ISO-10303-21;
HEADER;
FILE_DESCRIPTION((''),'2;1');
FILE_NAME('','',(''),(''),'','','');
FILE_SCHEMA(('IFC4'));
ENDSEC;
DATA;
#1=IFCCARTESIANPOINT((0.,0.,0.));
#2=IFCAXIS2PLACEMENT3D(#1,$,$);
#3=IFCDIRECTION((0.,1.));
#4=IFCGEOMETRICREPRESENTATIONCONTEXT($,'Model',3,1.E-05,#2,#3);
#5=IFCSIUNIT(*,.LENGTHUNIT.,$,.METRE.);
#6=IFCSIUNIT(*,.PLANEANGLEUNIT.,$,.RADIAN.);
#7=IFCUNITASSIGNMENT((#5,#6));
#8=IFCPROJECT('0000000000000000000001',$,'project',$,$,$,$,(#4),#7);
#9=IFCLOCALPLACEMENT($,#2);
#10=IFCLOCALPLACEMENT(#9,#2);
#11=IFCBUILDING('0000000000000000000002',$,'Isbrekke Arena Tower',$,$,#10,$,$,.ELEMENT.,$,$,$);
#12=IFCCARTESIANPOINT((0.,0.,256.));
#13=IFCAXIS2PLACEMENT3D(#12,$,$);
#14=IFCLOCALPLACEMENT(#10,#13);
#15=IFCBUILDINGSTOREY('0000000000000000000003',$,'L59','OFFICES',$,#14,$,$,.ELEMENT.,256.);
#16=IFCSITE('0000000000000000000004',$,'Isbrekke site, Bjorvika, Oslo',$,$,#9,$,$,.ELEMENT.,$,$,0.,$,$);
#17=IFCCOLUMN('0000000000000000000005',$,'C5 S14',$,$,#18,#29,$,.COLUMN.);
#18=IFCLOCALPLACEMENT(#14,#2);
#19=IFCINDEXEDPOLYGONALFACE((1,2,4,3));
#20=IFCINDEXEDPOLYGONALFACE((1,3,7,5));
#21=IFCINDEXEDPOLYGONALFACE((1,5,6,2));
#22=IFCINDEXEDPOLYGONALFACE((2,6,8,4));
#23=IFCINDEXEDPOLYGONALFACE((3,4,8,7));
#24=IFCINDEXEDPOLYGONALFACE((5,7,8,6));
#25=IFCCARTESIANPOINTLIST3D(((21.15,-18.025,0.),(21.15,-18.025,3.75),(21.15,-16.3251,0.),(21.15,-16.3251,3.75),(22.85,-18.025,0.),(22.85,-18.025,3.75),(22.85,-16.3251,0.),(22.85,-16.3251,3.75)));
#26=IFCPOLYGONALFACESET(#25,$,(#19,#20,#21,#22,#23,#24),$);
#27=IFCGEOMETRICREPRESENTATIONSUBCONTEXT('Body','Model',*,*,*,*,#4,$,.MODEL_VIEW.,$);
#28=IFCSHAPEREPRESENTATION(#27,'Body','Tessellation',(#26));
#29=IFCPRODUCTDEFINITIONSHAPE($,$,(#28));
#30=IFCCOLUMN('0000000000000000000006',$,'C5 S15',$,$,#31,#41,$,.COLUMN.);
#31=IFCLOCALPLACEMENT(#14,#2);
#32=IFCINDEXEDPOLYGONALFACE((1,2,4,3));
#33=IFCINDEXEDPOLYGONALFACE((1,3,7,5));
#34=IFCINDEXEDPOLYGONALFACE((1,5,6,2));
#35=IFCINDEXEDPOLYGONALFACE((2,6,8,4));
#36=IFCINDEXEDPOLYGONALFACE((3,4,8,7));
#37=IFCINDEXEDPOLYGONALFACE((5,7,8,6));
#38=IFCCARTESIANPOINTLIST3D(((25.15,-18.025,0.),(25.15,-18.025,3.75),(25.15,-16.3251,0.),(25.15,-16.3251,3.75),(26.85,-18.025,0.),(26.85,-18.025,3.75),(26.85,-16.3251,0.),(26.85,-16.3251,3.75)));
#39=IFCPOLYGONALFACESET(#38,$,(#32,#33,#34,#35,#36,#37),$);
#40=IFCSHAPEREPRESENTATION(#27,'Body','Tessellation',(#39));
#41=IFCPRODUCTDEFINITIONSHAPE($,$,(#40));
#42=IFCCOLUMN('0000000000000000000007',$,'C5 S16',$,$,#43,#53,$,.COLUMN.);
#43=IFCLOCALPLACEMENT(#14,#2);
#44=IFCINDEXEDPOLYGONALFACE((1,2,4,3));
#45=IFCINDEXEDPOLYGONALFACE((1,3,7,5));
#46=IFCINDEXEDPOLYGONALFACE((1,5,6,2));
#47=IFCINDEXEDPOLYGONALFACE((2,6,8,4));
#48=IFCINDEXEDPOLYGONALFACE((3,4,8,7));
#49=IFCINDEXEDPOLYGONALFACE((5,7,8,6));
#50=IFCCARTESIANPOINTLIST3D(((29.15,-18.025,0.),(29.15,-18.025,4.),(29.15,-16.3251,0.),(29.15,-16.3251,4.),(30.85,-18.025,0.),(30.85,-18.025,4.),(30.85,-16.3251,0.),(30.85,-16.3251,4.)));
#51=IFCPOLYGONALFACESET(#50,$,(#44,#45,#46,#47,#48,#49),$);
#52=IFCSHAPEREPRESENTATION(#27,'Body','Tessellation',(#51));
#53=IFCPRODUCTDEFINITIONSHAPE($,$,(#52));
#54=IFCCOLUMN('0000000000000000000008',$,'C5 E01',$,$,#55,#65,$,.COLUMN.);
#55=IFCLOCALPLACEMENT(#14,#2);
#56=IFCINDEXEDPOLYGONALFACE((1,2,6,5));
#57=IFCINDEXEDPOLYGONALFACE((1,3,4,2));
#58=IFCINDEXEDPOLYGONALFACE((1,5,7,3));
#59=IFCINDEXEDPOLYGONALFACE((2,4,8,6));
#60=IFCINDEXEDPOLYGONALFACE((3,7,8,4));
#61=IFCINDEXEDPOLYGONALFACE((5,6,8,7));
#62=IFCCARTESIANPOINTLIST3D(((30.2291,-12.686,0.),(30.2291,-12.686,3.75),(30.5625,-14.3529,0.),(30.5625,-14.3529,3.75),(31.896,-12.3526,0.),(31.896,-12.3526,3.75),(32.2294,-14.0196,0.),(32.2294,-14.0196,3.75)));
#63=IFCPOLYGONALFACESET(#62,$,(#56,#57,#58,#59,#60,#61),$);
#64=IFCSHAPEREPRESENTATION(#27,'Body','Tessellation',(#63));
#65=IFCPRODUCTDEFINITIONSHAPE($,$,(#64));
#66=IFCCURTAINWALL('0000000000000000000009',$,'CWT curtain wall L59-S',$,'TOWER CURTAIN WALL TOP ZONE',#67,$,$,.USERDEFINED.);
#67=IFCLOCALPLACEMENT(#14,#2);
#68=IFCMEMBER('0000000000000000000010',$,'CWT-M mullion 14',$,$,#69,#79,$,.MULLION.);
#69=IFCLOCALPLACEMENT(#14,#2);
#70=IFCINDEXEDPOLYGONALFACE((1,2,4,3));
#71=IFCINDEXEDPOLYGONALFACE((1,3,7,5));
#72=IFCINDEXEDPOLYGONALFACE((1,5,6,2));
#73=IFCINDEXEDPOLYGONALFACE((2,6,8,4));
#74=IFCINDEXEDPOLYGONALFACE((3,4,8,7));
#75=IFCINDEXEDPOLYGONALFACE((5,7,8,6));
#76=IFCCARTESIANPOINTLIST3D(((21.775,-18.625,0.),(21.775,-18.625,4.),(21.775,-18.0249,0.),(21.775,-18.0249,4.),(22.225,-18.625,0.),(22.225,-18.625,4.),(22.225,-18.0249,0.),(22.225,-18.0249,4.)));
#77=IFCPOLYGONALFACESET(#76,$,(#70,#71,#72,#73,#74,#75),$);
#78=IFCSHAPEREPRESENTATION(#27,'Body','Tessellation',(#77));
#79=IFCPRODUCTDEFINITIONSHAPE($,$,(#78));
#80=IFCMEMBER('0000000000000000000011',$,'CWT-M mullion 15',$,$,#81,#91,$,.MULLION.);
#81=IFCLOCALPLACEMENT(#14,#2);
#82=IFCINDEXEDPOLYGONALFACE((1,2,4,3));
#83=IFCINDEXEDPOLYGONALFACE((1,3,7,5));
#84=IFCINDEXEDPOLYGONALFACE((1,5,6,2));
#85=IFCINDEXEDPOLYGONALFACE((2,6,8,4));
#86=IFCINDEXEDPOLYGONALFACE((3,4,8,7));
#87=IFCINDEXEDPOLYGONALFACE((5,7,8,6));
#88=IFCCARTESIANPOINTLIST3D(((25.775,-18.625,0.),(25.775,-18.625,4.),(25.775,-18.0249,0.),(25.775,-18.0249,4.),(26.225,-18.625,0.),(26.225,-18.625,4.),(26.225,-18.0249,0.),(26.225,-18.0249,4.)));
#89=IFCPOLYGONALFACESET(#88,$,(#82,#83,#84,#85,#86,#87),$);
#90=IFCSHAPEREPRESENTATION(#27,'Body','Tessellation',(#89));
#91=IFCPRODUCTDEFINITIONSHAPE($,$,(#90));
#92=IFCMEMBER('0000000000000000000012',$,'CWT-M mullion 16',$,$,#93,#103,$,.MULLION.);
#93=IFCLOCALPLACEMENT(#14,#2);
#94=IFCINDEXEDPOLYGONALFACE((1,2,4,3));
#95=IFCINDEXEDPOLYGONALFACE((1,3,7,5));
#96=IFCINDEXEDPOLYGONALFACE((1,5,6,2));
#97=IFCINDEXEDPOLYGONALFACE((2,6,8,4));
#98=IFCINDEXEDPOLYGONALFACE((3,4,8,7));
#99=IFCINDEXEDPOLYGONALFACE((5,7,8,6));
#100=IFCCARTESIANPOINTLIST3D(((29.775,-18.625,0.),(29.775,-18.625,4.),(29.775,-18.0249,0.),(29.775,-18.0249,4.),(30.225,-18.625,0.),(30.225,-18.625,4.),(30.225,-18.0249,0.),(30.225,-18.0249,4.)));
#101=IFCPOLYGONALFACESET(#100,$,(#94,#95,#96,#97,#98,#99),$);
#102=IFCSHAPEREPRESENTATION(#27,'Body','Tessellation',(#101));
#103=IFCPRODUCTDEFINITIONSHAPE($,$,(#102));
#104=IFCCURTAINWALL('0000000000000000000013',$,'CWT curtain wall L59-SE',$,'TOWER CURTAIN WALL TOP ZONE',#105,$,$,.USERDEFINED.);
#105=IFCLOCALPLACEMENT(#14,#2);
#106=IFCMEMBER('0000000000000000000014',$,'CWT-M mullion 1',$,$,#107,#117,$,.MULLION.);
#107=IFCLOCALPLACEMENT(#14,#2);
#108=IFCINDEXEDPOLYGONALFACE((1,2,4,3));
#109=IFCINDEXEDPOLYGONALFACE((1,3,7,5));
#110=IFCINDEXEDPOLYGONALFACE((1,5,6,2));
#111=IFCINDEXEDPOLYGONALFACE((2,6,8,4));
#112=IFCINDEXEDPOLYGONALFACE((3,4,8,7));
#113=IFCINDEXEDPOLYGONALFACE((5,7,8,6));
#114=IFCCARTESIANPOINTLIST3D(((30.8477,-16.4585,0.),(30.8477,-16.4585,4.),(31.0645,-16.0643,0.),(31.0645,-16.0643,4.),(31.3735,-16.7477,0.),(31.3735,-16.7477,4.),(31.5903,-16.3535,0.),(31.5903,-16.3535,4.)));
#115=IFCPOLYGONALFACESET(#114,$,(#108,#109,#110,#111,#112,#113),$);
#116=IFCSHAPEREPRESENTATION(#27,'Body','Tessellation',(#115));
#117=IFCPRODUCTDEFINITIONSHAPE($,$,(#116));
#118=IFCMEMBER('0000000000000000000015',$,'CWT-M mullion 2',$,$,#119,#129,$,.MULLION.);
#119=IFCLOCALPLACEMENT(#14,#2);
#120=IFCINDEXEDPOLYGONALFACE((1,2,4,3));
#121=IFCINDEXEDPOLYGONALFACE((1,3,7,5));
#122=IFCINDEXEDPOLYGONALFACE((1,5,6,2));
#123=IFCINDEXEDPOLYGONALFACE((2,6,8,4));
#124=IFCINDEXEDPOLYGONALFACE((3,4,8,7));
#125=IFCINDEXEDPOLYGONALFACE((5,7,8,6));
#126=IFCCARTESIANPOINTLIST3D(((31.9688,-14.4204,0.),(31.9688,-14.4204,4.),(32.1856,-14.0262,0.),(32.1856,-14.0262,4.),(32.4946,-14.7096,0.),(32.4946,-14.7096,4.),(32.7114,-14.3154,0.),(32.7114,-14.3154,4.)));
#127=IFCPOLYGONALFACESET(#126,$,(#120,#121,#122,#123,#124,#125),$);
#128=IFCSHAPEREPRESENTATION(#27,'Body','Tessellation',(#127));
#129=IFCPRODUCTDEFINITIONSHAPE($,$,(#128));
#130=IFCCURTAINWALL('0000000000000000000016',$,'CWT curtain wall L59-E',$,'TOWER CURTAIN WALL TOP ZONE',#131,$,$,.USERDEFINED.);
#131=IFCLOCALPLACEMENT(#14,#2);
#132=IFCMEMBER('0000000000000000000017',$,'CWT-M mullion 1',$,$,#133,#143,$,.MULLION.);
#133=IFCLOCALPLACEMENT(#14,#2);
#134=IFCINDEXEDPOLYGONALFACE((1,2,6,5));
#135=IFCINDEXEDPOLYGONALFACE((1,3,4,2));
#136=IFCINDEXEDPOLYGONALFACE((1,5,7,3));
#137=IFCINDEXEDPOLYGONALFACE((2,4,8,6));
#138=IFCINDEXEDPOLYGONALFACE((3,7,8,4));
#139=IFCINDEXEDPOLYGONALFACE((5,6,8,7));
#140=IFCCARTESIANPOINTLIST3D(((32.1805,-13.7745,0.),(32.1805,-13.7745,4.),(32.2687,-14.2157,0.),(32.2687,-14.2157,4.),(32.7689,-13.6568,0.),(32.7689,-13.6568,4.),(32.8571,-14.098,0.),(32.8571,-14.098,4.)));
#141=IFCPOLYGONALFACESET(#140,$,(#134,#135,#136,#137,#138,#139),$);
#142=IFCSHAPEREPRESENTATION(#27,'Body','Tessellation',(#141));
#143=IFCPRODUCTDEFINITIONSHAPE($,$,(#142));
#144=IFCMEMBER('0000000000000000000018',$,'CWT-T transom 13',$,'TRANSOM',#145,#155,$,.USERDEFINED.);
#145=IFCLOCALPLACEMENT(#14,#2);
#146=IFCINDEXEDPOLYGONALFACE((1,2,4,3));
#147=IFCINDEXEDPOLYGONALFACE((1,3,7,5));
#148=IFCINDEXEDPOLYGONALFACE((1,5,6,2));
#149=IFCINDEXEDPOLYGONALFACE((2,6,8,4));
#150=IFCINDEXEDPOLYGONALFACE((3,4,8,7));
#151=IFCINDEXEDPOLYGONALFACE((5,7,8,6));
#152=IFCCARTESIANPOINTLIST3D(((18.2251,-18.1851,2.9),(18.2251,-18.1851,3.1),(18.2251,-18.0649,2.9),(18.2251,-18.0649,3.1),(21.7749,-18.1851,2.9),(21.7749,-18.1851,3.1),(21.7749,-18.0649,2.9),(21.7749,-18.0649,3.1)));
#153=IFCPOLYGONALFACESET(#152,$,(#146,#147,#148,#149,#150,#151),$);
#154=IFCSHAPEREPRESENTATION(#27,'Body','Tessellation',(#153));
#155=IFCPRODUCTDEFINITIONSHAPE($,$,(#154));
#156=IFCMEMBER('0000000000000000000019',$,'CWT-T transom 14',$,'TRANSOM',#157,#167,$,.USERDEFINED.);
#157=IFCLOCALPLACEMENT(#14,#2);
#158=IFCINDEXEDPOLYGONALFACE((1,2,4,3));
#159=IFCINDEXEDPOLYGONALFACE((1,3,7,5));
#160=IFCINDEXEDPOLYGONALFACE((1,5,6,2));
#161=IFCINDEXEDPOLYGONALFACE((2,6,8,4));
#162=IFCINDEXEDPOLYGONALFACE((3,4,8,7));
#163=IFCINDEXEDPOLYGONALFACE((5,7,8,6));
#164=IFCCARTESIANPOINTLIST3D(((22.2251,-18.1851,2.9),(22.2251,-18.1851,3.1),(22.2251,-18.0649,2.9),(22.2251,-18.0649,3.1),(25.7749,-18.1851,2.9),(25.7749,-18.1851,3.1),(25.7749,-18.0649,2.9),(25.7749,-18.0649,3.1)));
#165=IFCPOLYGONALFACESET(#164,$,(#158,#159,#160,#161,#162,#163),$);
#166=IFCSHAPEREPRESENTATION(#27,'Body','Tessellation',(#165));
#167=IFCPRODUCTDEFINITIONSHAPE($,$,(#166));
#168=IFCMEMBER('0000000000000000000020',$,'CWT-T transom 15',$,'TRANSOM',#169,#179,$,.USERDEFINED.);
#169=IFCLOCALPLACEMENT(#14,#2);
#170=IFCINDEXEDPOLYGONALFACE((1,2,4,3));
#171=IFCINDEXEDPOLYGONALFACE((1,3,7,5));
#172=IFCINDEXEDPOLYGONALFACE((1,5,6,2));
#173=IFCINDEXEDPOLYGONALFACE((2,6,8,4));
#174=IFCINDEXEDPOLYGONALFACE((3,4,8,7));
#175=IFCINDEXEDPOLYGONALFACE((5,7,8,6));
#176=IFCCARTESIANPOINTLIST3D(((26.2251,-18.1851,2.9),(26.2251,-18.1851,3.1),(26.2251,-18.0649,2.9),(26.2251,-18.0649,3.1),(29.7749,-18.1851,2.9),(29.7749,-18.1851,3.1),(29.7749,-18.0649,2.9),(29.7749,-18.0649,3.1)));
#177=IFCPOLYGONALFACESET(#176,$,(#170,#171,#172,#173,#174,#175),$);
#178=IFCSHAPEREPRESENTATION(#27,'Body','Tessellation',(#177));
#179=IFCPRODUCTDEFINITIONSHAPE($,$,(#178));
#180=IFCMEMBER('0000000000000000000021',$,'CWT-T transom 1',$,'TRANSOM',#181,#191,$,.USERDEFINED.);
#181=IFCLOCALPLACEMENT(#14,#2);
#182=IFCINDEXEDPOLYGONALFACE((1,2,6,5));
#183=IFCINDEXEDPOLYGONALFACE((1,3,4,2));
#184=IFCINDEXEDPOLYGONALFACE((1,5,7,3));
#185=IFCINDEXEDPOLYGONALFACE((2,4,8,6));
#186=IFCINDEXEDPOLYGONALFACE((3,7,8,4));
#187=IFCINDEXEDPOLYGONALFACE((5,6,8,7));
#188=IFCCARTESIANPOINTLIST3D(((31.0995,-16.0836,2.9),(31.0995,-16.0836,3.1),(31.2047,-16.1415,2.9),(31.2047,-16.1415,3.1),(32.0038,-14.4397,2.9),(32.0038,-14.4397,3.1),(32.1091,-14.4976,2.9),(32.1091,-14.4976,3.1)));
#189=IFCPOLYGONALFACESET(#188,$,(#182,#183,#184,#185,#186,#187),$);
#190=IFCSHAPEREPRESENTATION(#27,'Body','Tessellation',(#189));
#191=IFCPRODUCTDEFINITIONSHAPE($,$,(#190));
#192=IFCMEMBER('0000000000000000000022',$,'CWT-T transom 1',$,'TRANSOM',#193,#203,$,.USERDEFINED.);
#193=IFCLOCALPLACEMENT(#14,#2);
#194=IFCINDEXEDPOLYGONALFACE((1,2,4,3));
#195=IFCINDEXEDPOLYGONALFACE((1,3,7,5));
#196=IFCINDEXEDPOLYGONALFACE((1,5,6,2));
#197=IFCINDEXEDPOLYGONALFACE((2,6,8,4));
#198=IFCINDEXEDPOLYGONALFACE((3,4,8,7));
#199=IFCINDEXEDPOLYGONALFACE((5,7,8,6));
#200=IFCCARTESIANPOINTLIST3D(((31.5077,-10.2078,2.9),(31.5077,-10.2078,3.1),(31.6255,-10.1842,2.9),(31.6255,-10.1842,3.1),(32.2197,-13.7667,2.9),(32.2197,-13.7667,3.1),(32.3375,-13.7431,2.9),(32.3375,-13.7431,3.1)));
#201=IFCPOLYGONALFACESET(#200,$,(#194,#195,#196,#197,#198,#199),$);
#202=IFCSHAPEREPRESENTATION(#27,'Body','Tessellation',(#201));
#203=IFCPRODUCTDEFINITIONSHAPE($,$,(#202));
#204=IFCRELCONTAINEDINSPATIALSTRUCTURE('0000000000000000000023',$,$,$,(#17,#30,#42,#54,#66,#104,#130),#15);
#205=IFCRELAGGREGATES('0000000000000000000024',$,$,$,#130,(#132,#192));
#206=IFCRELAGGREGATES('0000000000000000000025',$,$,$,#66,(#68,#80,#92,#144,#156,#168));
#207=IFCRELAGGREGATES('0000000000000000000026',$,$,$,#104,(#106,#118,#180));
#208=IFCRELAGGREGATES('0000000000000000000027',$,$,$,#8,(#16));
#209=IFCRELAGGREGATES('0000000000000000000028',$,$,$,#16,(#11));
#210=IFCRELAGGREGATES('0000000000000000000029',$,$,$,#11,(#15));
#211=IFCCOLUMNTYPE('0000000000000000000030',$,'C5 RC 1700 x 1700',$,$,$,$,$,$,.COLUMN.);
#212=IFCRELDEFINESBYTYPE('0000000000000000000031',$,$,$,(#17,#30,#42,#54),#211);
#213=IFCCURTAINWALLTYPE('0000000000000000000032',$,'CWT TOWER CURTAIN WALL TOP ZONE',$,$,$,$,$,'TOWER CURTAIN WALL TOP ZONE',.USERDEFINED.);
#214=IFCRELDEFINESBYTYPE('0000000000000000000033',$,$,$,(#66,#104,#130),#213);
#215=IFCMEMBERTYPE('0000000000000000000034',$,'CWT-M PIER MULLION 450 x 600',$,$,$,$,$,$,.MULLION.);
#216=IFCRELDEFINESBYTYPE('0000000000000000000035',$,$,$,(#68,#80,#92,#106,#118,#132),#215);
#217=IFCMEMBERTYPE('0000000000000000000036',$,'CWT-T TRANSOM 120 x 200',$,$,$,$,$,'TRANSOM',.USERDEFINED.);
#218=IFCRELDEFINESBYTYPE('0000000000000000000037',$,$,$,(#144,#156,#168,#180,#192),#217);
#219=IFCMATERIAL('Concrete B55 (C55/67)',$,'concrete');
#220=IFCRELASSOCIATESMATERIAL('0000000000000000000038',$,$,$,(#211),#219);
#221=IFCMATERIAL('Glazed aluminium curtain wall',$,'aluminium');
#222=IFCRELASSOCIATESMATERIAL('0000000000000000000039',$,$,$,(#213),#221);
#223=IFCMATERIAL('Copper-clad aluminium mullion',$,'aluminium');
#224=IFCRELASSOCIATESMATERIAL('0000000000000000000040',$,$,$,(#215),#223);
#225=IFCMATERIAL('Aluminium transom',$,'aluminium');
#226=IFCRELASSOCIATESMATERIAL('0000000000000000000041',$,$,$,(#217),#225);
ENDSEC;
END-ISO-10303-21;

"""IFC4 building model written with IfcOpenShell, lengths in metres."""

from ifc_helpers import new_model, si_unit, direction, frame, origin, origin_2d, place, context, subcontext, project, spatial, rectangle, extrude, material, material_profile, profile_set, type_object, element, aggregate, save


model = new_model("IFC4")

# Units and contexts
model_context = context("Model", 3, precision=1e-05, world=origin(), true_north=direction((0.0, 1.0)))
body_context = subcontext(model_context, "Body", "Model", "MODEL_VIEW")
ifc_project = project(units=[si_unit("LENGTHUNIT", "METRE"), si_unit("PLANEANGLEUNIT", "RADIAN")], contexts=[model_context])

# Site, building, storey
site_placement = place(None, origin())
site = spatial("IfcSite", under=ifc_project, at=site_placement, Name="Isbrekke site, Bjorvika, Oslo", CompositionType="ELEMENT", RefElevation=0.0)
building_placement = place(site_placement, origin())
building = spatial("IfcBuilding", under=site, at=building_placement, Name="Isbrekke Arena Tower", CompositionType="ELEMENT")
storey_placement = place(building_placement, frame((0.0, 0.0, 256.0)))
storey = spatial("IfcBuildingStorey", under=building, at=storey_placement, Name="L59", Description="OFFICES", CompositionType="ELEMENT", Elevation=256.0)

# Columns
ifc_material_1 = material(Name="Concrete B55 (C55/67)", Category="concrete")
ifc_material_profile_1 = material_profile(ifc_material_1, rectangle(XDim=1.7, YDim=1.7, at=origin_2d()), Name="RC 1700x1700")
ifc_profile_set_1 = profile_set([ifc_material_profile_1], Name="Concrete B55 (C55/67)")
column_type = type_object("IfcColumnType", Name="C5 RC 1700 x 1700", PredefinedType="COLUMN", material=ifc_profile_set_1)
for number, where, z_axis, x_axis, name in (
    (1, (22.0, -17.175, 0.0), (0.0, 0.0, 1.0), (1.0, 0.0, 0.0), "C5 S14"),
    (2, (26.0, -17.175, 0.0), (0.0, 0.0, 1.0), (1.0, 0.0, 0.0), "C5 S15"),
):
    element("IfcColumn", number, at=place(storey_placement, frame(where, z_axis=z_axis, x_axis=x_axis)), inside=storey, type_object=column_type, Name=name, PredefinedType="COLUMN", context=body_context, shape_type="SweptSolid", body=[
        extrude(rectangle(XDim=1.7, YDim=1.7, at=origin_2d()), origin(), (0.0, 0.0, 1.0), 3.75),
    ])
column_1_placement = place(storey_placement, frame((30.0, -17.175, 0.0), z_axis=(0.0, 0.0, 1.0), x_axis=(1.0, 0.0, 0.0)))
element("IfcColumn", 3, at=column_1_placement, inside=storey, type_object=column_type, Name="C5 S16", PredefinedType="COLUMN", context=body_context, shape_type="SweptSolid", body=[
    extrude(rectangle(XDim=1.7, YDim=1.7, at=origin_2d()), origin(), (0.0, 0.0, 1.0), 4.0),
])
column_2_placement = place(storey_placement, frame((31.2292, -13.3528, 0.0), z_axis=(0.0, 0.0, 1.0), x_axis=(-0.196116, 0.980581, 0.0)))
element("IfcColumn", 4, at=column_2_placement, inside=storey, type_object=column_type, Name="C5 E01", PredefinedType="COLUMN", context=body_context, shape_type="SweptSolid", body=[
    extrude(rectangle(XDim=1.7, YDim=1.7, at=origin_2d()), origin(), (0.0, 0.0, 1.0), 3.75),
])

# Curtain walls, members
ifc_material_2 = material(Name="Glazed aluminium curtain wall", Category="aluminium")
curtain_wall_type = type_object("IfcCurtainWallType", Name="CWT TOWER CURTAIN WALL TOP ZONE", ElementType="TOWER CURTAIN WALL TOP ZONE", PredefinedType="USERDEFINED", material=ifc_material_2)
curtain_wall_1_placement = place(storey_placement, origin())
curtain_wall_1 = element("IfcCurtainWall", 5, at=curtain_wall_1_placement, inside=storey, type_object=curtain_wall_type, Name="CWT curtain wall L59-S", ObjectType="TOWER CURTAIN WALL TOP ZONE", PredefinedType="USERDEFINED")
ifc_material_3 = material(Name="Copper-clad aluminium mullion", Category="aluminium")
ifc_material_profile_2 = material_profile(ifc_material_3, rectangle(XDim=0.45, YDim=0.6001, at=origin_2d()), Name="PIER 450X600")
ifc_profile_set_2 = profile_set([ifc_material_profile_2], Name="Copper-clad aluminium mullion")
member_type_1 = type_object("IfcMemberType", Name="CWT-M PIER MULLION 450 x 600", PredefinedType="MULLION", material=ifc_profile_set_2)
member_1_placement = place(storey_placement, frame((22.0, -18.325, 0.0), z_axis=(0.0, 0.0, 1.0), x_axis=(1.0, 0.0, 0.0)))
member_1 = element("IfcMember", 6, at=member_1_placement, type_object=member_type_1, Name="CWT-M mullion 14", PredefinedType="MULLION", context=body_context, shape_type="SweptSolid", body=[
    extrude(rectangle(XDim=0.45, YDim=0.6001, at=origin_2d()), origin(), (0.0, 0.0, 1.0), 4.0),
])
member_2_placement = place(storey_placement, frame((26.0, -18.325, 0.0), z_axis=(0.0, 0.0, 1.0), x_axis=(1.0, 0.0, 0.0)))
member_2 = element("IfcMember", 7, at=member_2_placement, type_object=member_type_1, Name="CWT-M mullion 15", PredefinedType="MULLION", context=body_context, shape_type="SweptSolid", body=[
    extrude(rectangle(XDim=0.45, YDim=0.6001, at=origin_2d()), origin(), (0.0, 0.0, 1.0), 4.0),
])
member_3_placement = place(storey_placement, frame((30.0, -18.325, 0.0), z_axis=(0.0, 0.0, 1.0), x_axis=(1.0, 0.0, 0.0)))
member_3 = element("IfcMember", 8, at=member_3_placement, type_object=member_type_1, Name="CWT-M mullion 16", PredefinedType="MULLION", context=body_context, shape_type="SweptSolid", body=[
    extrude(rectangle(XDim=0.45, YDim=0.6001, at=origin_2d()), origin(), (0.0, 0.0, 1.0), 4.0),
])
curtain_wall_2_placement = place(storey_placement, origin())
curtain_wall_2 = element("IfcCurtainWall", 9, at=curtain_wall_2_placement, inside=storey, type_object=curtain_wall_type, Name="CWT curtain wall L59-SE", ObjectType="TOWER CURTAIN WALL TOP ZONE", PredefinedType="USERDEFINED")
member_4_placement = place(storey_placement, frame((31.219, -16.406, 0.0), z_axis=(0.0, 0.0, 1.0), x_axis=(0.481919, 0.876216, 0.0)))
member_4 = element("IfcMember", 10, at=member_4_placement, type_object=member_type_1, Name="CWT-M mullion 1", PredefinedType="MULLION", context=body_context, shape_type="SweptSolid", body=[
    extrude(rectangle(XDim=0.45, YDim=0.6001, at=origin_2d()), origin(), (0.0, 0.0, 1.0), 4.0),
])
member_5_placement = place(storey_placement, frame((32.3401, -14.3679, 0.0), z_axis=(0.0, 0.0, 1.0), x_axis=(0.481919, 0.876216, 0.0)))
member_5 = element("IfcMember", 11, at=member_5_placement, type_object=member_type_1, Name="CWT-M mullion 2", PredefinedType="MULLION", context=body_context, shape_type="SweptSolid", body=[
    extrude(rectangle(XDim=0.45, YDim=0.6001, at=origin_2d()), origin(), (0.0, 0.0, 1.0), 4.0),
])

# Curtain wall, member
curtain_wall_3_placement = place(storey_placement, origin())
curtain_wall_3 = element("IfcCurtainWall", 12, at=curtain_wall_3_placement, inside=storey, type_object=curtain_wall_type, Name="CWT curtain wall L59-E", ObjectType="TOWER CURTAIN WALL TOP ZONE", PredefinedType="USERDEFINED")
member_6_placement = place(storey_placement, frame((32.5188, -13.9363, 0.0), z_axis=(0.0, 0.0, 1.0), x_axis=(-0.196116, 0.980581, 0.0)))
member_6 = element("IfcMember", 13, at=member_6_placement, type_object=member_type_1, Name="CWT-M mullion 1", PredefinedType="MULLION", context=body_context, shape_type="SweptSolid", body=[
    extrude(rectangle(XDim=0.45, YDim=0.6001, at=origin_2d()), origin(), (0.0, 0.0, 1.0), 4.0),
])

# Members
ifc_material_4 = material(Name="Aluminium transom", Category="aluminium")
ifc_material_profile_3 = material_profile(ifc_material_4, rectangle(XDim=0.1201, YDim=0.2, at=origin_2d()), Name="TRANSOM 120X200")
ifc_profile_set_3 = profile_set([ifc_material_profile_3], Name="Aluminium transom")
member_type_2 = type_object("IfcMemberType", Name="CWT-T TRANSOM 120 x 200", ElementType="TRANSOM", PredefinedType="USERDEFINED", material=ifc_profile_set_3)
member_7_placement = place(storey_placement, frame((18.2251, -18.125, 3.0), z_axis=(1.0, 0.0, 0.0), x_axis=(0.0, 1.0, 0.0)))
member_7 = element("IfcMember", 14, at=member_7_placement, type_object=member_type_2, Name="CWT-T transom 13", ObjectType="TRANSOM", PredefinedType="USERDEFINED", context=body_context, shape_type="SweptSolid", body=[
    extrude(rectangle(XDim=0.1201, YDim=0.2, at=origin_2d()), origin(), (0.0, 0.0, 1.0), 3.5498),
])
member_8_placement = place(storey_placement, frame((22.2251, -18.125, 3.0), z_axis=(1.0, 0.0, 0.0), x_axis=(0.0, 1.0, 0.0)))
member_8 = element("IfcMember", 15, at=member_8_placement, type_object=member_type_2, Name="CWT-T transom 14", ObjectType="TRANSOM", PredefinedType="USERDEFINED", context=body_context, shape_type="SweptSolid", body=[
    extrude(rectangle(XDim=0.1201, YDim=0.2, at=origin_2d()), origin(), (0.0, 0.0, 1.0), 3.5498),
])
member_9_placement = place(storey_placement, frame((26.2251, -18.125, 3.0), z_axis=(1.0, 0.0, 0.0), x_axis=(0.0, 1.0, 0.0)))
member_9 = element("IfcMember", 16, at=member_9_placement, type_object=member_type_2, Name="CWT-T transom 15", ObjectType="TRANSOM", PredefinedType="USERDEFINED", context=body_context, shape_type="SweptSolid", body=[
    extrude(rectangle(XDim=0.1201, YDim=0.2, at=origin_2d()), origin(), (0.0, 0.0, 1.0), 3.5498),
])
member_10_placement = place(storey_placement, frame((31.1521, -16.1125, 3.0), z_axis=(0.482004, 0.876169, 0.0), x_axis=(-0.876169, 0.482004, 0.0)))
member_10 = element("IfcMember", 17, at=member_10_placement, type_object=member_type_2, Name="CWT-T transom 1", ObjectType="TRANSOM", PredefinedType="USERDEFINED", context=body_context, shape_type="SweptSolid", body=[
    extrude(rectangle(XDim=0.1201, YDim=0.2, at=origin_2d()), origin(), (0.0, 0.0, 1.0), 1.8762),
])
member_11_placement = place(storey_placement, frame((32.2786, -13.7549, 3.0), z_axis=(-0.196155, 0.980573, 0.0), x_axis=(-0.980573, -0.196155, 0.0)))
member_11 = element("IfcMember", 18, at=member_11_placement, type_object=member_type_2, Name="CWT-T transom 1", ObjectType="TRANSOM", PredefinedType="USERDEFINED", context=body_context, shape_type="SweptSolid", body=[
    extrude(rectangle(XDim=0.1201, YDim=0.2, at=origin_2d()), origin(), (0.0, 0.0, 1.0), 3.6294),
])
aggregate(curtain_wall_3, [member_6, member_11])

aggregate(curtain_wall_1, [member_1, member_2, member_3, member_7, member_8, member_9])
aggregate(curtain_wall_2, [member_4, member_5, member_10])

save(model, "model.ifc")
